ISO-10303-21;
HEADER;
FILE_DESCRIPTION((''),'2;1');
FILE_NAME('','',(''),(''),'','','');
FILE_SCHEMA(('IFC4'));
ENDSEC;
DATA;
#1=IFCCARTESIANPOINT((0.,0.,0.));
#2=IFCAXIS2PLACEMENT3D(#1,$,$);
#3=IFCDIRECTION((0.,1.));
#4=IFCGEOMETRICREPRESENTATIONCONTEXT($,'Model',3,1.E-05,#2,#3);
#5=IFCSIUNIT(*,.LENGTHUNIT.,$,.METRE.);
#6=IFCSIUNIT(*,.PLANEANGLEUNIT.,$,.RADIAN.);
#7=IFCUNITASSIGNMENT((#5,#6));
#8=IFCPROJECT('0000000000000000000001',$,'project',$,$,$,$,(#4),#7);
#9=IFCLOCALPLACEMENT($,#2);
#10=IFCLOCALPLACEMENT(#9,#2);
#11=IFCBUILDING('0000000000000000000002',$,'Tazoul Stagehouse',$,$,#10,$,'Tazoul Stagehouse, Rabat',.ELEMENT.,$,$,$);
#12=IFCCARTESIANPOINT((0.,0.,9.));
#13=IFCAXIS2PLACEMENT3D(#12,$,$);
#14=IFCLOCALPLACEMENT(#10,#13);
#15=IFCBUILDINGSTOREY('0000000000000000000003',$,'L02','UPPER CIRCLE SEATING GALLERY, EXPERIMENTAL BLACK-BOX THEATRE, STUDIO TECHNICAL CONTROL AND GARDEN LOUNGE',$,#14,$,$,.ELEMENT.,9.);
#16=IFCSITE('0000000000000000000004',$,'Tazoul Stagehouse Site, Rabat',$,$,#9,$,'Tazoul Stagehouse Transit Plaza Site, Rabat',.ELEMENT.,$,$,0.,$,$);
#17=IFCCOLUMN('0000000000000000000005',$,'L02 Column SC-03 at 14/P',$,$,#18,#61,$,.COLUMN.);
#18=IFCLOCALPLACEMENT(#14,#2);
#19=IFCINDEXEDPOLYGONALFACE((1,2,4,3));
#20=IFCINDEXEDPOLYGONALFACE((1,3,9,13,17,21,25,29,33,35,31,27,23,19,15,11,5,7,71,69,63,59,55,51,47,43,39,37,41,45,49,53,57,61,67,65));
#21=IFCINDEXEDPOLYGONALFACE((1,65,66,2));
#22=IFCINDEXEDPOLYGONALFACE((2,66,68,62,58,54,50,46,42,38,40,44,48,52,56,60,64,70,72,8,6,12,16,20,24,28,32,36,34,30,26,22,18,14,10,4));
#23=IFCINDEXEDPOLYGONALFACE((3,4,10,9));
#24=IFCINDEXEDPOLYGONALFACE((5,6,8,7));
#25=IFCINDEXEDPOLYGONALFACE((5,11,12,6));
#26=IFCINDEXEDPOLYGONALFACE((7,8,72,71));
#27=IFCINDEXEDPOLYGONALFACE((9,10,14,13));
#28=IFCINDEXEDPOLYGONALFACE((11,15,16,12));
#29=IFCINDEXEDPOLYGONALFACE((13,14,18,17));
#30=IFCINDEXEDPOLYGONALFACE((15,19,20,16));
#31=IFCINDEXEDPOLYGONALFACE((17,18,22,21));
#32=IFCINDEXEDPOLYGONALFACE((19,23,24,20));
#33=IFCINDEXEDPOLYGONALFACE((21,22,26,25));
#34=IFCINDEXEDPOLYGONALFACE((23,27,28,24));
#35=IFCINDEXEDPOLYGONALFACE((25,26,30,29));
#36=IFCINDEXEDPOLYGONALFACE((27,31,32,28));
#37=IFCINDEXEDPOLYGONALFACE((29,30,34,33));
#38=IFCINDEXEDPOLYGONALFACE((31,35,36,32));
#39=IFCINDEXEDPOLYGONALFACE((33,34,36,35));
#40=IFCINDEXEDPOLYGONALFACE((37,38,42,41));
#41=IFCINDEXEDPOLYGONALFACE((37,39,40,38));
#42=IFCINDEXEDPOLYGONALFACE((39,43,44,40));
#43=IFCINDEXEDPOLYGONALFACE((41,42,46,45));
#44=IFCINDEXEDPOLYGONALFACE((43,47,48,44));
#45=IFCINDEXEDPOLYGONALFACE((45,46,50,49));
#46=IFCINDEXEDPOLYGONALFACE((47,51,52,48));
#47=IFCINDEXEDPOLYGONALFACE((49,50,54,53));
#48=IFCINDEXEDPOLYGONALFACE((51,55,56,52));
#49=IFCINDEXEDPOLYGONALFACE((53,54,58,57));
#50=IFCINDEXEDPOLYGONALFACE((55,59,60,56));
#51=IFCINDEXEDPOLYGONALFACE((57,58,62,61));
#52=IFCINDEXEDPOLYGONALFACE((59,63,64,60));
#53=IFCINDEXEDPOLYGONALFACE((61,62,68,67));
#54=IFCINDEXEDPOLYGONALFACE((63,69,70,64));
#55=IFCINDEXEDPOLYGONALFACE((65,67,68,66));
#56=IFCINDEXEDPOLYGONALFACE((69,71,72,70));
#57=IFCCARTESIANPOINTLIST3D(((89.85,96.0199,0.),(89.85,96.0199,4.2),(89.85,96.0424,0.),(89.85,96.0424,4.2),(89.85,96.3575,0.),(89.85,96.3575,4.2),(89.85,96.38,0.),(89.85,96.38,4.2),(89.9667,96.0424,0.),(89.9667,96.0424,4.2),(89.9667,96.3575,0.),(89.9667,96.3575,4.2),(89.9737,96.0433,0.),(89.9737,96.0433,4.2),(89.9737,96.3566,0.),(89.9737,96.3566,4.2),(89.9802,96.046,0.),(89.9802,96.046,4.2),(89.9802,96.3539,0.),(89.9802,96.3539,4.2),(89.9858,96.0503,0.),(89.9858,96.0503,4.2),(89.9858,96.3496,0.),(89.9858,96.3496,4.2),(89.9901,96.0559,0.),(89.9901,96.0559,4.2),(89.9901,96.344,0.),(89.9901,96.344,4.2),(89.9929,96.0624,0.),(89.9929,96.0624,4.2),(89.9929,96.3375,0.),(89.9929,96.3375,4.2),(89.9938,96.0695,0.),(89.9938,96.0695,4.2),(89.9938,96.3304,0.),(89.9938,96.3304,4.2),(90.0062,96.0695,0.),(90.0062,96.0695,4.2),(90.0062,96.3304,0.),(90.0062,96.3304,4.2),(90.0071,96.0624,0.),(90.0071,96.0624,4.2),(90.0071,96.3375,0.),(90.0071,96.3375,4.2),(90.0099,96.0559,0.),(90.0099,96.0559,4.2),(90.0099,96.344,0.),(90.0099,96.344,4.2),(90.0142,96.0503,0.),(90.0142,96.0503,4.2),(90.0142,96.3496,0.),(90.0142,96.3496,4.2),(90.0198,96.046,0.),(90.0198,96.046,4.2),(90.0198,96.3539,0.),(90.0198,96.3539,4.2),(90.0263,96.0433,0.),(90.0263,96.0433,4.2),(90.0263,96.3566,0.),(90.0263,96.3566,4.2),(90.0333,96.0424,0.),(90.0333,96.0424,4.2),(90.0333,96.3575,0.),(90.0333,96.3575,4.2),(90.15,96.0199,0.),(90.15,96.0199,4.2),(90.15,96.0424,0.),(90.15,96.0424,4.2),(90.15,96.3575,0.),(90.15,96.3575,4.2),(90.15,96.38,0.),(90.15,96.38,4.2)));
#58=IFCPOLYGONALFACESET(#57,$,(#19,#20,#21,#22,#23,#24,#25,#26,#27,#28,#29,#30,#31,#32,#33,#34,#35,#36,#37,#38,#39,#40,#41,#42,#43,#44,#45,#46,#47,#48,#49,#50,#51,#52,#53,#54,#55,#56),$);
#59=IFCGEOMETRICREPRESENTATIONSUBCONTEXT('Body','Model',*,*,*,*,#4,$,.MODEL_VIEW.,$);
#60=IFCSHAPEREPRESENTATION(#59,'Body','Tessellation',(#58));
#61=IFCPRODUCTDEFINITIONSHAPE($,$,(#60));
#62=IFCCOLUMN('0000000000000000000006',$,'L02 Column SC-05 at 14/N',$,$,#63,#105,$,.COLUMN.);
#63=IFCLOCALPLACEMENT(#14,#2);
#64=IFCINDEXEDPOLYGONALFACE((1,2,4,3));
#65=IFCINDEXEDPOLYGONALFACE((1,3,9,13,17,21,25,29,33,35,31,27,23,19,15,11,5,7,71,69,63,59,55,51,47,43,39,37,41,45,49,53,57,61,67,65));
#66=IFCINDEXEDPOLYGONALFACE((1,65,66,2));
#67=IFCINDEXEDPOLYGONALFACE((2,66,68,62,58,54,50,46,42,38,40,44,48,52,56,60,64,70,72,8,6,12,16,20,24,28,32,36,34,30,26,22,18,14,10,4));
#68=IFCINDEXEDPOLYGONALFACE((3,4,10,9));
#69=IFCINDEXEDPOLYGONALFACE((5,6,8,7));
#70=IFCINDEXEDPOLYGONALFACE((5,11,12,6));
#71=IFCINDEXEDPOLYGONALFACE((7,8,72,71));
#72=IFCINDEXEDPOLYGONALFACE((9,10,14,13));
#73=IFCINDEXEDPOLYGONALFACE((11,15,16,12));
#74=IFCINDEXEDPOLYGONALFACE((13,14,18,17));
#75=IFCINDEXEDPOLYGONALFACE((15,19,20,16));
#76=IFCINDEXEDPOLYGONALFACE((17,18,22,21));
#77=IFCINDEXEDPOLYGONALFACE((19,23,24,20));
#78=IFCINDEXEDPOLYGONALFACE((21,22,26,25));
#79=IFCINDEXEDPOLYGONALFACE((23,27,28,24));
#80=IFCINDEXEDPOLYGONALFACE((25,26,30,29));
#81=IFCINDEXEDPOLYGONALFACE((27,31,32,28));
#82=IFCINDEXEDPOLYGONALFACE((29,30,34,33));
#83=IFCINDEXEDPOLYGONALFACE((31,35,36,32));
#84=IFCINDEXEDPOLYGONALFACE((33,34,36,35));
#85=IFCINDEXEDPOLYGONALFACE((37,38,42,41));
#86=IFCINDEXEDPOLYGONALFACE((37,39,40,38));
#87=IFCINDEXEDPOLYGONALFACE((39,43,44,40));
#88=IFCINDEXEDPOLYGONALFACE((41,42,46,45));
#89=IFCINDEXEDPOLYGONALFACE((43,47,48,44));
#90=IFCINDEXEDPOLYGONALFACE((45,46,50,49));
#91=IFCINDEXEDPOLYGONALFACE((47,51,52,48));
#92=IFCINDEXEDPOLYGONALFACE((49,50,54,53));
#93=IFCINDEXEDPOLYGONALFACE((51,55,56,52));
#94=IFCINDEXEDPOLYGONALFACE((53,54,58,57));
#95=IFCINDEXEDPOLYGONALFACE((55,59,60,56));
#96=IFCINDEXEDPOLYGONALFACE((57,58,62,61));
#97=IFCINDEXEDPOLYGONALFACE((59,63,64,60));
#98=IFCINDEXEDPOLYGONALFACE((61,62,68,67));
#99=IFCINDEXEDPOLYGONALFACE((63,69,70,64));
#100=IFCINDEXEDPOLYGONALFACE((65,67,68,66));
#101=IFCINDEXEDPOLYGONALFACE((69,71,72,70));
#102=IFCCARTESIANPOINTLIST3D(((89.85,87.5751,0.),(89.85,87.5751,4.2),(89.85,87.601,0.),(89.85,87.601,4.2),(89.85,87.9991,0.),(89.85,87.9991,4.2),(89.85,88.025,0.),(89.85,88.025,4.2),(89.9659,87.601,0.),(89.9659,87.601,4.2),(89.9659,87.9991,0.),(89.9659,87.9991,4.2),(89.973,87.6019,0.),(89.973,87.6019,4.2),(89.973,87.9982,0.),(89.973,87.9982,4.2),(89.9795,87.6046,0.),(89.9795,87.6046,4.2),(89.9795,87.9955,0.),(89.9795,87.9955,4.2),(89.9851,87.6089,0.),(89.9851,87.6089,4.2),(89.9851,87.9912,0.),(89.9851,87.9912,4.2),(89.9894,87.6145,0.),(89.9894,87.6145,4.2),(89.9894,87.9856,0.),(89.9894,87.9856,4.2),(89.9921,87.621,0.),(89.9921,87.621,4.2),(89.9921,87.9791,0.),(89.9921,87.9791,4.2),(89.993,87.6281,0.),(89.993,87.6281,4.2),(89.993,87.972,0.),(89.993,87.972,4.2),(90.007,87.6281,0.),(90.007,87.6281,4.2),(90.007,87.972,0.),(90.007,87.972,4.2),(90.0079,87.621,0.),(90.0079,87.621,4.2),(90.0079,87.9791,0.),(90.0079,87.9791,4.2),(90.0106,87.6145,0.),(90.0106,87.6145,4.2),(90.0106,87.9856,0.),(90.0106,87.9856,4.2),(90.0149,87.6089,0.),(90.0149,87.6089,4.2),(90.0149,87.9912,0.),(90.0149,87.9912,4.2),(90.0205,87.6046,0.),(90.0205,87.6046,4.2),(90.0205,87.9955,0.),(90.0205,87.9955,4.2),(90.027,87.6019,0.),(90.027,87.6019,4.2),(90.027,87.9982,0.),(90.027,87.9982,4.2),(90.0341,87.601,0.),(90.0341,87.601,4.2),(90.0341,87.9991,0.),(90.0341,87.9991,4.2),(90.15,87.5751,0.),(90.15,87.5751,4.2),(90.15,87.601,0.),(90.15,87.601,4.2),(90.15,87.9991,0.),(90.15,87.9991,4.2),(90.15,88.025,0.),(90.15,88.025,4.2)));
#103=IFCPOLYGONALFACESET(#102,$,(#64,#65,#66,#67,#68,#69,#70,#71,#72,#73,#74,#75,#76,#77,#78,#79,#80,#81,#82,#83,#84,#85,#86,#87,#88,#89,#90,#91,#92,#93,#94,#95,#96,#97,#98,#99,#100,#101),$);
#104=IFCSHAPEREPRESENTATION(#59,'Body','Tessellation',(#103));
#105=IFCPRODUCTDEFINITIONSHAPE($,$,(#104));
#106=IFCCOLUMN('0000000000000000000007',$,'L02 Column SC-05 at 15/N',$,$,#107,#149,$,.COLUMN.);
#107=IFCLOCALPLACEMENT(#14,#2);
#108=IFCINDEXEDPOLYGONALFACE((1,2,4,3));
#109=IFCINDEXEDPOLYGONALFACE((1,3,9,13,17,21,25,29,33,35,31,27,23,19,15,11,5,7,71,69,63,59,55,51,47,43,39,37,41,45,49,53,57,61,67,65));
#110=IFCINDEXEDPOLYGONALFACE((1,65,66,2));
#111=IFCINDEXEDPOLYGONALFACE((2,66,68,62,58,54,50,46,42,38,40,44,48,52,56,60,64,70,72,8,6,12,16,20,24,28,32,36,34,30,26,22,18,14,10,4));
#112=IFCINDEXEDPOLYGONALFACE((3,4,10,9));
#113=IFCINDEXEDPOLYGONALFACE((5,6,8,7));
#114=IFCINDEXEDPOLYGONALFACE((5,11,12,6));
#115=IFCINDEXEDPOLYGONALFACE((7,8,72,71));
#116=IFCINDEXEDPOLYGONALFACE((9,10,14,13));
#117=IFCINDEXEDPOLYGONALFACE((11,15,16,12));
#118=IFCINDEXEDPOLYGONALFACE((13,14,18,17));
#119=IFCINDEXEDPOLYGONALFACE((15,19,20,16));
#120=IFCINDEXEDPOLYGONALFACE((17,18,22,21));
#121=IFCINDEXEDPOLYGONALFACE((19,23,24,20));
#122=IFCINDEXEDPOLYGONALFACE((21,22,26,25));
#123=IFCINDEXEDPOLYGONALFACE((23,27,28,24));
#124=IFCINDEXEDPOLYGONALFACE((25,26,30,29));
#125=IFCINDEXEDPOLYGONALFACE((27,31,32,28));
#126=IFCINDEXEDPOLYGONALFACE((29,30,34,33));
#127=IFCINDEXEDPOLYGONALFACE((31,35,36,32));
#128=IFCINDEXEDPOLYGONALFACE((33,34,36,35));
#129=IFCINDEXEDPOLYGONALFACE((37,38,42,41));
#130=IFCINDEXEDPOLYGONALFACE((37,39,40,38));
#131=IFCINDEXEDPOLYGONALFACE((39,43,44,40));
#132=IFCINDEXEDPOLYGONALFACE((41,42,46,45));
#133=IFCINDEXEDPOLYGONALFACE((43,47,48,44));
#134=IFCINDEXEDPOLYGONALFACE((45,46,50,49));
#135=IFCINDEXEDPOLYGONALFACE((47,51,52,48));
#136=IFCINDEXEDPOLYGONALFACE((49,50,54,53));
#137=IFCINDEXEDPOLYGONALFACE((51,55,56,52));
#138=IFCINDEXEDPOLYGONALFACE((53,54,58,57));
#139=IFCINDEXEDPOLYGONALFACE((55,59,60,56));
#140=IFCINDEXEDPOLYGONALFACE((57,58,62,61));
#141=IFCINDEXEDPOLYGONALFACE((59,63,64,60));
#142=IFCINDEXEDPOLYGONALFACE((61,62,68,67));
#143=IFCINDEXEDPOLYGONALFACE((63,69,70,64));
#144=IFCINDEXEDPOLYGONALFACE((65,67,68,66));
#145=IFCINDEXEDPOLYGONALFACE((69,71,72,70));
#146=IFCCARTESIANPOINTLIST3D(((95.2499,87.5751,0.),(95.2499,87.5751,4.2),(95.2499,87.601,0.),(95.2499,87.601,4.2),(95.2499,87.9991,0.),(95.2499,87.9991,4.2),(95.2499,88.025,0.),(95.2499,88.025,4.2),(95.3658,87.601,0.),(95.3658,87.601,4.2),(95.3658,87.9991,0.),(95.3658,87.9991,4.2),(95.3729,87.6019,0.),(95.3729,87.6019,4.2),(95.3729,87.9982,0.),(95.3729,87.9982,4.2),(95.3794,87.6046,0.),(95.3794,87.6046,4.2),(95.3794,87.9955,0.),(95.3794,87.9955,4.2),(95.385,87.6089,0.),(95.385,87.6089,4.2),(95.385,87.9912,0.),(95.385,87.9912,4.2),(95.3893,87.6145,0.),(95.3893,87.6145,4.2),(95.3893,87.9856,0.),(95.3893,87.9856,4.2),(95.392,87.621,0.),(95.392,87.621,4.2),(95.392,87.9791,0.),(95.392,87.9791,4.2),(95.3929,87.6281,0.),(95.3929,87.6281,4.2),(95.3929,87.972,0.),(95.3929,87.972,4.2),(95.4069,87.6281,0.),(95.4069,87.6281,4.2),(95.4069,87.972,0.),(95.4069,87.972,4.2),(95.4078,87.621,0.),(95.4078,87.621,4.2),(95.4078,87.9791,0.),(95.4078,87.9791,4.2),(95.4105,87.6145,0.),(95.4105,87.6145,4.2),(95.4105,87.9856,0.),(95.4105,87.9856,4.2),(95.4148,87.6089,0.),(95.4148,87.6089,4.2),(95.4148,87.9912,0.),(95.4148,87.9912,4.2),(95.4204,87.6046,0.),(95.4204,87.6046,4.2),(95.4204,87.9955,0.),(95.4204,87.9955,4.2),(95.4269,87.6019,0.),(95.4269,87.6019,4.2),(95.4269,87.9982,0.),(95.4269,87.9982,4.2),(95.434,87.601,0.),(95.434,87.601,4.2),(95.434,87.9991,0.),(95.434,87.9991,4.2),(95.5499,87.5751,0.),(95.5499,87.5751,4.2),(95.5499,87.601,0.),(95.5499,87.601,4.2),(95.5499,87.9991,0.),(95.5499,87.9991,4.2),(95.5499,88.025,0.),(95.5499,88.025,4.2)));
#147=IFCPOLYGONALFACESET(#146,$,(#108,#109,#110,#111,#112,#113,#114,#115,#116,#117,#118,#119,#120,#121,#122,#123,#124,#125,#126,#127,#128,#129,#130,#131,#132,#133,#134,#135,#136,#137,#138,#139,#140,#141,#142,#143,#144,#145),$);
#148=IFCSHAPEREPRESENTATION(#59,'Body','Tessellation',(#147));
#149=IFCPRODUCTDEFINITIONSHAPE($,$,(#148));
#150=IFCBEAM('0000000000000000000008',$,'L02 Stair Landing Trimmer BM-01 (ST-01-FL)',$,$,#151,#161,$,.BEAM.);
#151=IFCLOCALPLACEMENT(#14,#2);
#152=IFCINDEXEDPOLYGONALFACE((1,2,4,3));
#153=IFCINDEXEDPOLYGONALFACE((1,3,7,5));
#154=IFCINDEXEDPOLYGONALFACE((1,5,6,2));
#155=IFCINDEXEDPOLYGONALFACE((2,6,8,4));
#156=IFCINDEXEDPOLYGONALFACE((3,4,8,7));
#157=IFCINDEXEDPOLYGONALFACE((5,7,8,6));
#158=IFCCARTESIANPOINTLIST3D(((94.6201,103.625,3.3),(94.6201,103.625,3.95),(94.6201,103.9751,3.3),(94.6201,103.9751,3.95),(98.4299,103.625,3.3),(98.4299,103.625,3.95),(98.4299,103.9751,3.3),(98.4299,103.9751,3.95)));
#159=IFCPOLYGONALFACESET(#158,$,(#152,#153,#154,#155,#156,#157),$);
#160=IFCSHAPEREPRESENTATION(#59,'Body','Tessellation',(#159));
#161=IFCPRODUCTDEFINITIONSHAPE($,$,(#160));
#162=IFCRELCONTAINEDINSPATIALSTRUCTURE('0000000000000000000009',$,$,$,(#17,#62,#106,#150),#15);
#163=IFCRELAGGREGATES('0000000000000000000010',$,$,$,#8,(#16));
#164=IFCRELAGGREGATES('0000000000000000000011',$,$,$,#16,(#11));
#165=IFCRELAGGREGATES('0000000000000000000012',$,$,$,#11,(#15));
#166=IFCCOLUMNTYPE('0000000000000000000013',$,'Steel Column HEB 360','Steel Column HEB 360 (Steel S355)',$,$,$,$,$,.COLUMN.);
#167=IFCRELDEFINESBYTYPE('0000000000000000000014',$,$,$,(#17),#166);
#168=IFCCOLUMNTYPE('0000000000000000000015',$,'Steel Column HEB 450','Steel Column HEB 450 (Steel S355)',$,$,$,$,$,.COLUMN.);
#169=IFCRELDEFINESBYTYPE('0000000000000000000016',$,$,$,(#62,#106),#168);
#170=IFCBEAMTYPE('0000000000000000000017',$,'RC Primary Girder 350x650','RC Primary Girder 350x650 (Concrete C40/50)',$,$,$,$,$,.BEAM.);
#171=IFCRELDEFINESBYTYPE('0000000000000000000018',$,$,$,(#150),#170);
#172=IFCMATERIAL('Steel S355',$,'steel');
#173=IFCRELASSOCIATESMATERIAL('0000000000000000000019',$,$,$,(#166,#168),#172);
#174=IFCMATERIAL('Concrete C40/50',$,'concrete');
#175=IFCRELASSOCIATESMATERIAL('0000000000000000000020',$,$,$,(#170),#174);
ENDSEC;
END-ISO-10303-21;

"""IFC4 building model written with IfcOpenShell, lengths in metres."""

from ifc_helpers import new_model, si_unit, direction, frame, origin, origin_2d, place, context, subcontext, project, spatial, rectangle, i_section, extrude, material, material_profile, profile_set, type_object, element, save


model = new_model("IFC4")

# Units and contexts
model_context = context("Model", 3, precision=1e-05, world=origin(), true_north=direction((0.0, 1.0)))
body_context = subcontext(model_context, "Body", "Model", "MODEL_VIEW")
ifc_project = project(units=[si_unit("LENGTHUNIT", "METRE"), si_unit("PLANEANGLEUNIT", "RADIAN")], contexts=[model_context])

# Site, building, storey
site_placement = place(None, origin())
site = spatial("IfcSite", under=ifc_project, at=site_placement, Name="Tazoul Stagehouse Site, Rabat", LongName="Tazoul Stagehouse Transit Plaza Site, Rabat", CompositionType="ELEMENT", RefElevation=0.0)
building_placement = place(site_placement, origin())
building = spatial("IfcBuilding", under=site, at=building_placement, Name="Tazoul Stagehouse", LongName="Tazoul Stagehouse, Rabat", CompositionType="ELEMENT")
storey_placement = place(building_placement, frame((0.0, 0.0, 9.0)))
storey = spatial("IfcBuildingStorey", under=building, at=storey_placement, Name="L02", Description="UPPER CIRCLE SEATING GALLERY, EXPERIMENTAL BLACK-BOX THEATRE, STUDIO TECHNICAL CONTROL AND GARDEN LOUNGE", CompositionType="ELEMENT", Elevation=9.0)

# Columns
ifc_material_1 = material(Name="Steel S355", Category="steel")
ifc_material_profile_1 = material_profile(ifc_material_1, i_section(OverallWidth=0.3, OverallDepth=0.3601, WebThickness=0.0125, FlangeThickness=0.0225, FilletRadius=0.0271, at=origin_2d()), Name="HEB 360")
ifc_profile_set_1 = profile_set([ifc_material_profile_1], Name="Steel S355")
column_type_1 = type_object("IfcColumnType", Name="Steel Column HEB 360", Description="Steel Column HEB 360 (Steel S355)", PredefinedType="COLUMN", material=ifc_profile_set_1)
for number, where, z_axis, x_axis, name in (
    (1, (90.0, 96.2, 0.0), (0.0, 0.0, 1.0), (1.0, 0.0, 0.0), "L02 Column SC-03 at 14/P"),
):
    element("IfcColumn", number, at=place(storey_placement, frame(where, z_axis=z_axis, x_axis=x_axis)), inside=storey, type_object=column_type_1, Name=name, PredefinedType="COLUMN", context=body_context, shape_type="SweptSolid", body=[
        extrude(i_section(OverallWidth=0.3, OverallDepth=0.3601, WebThickness=0.0125, FlangeThickness=0.0225, FilletRadius=0.0271, at=origin_2d()), origin(), (0.0, 0.0, 1.0), 4.2),
    ])
ifc_material_profile_2 = material_profile(ifc_material_1, i_section(OverallWidth=0.3, OverallDepth=0.45, WebThickness=0.0139, FlangeThickness=0.0259, FilletRadius=0.0271, at=origin_2d()), Name="HEB 450")
ifc_profile_set_2 = profile_set([ifc_material_profile_2], Name="Steel S355")
column_type_2 = type_object("IfcColumnType", Name="Steel Column HEB 450", Description="Steel Column HEB 450 (Steel S355)", PredefinedType="COLUMN", material=ifc_profile_set_2)
for number, where, z_axis, x_axis, name in (
    (2, (90.0, 87.8, 0.0), (0.0, 0.0, 1.0), (1.0, 0.0, 0.0), "L02 Column SC-05 at 14/N"),
    (3, (95.3999, 87.8, 0.0), (0.0, 0.0, 1.0), (1.0, 0.0, 0.0), "L02 Column SC-05 at 15/N"),
):
    element("IfcColumn", number, at=place(storey_placement, frame(where, z_axis=z_axis, x_axis=x_axis)), inside=storey, type_object=column_type_2, Name=name, PredefinedType="COLUMN", context=body_context, shape_type="SweptSolid", body=[
        extrude(i_section(OverallWidth=0.3, OverallDepth=0.45, WebThickness=0.0139, FlangeThickness=0.0259, FilletRadius=0.0271, at=origin_2d()), origin(), (0.0, 0.0, 1.0), 4.2),
    ])

# Beam
ifc_material_2 = material(Name="Concrete C40/50", Category="concrete")
ifc_material_profile_3 = material_profile(ifc_material_2, rectangle(XDim=0.3501, YDim=0.6499, at=origin_2d()), Name="RC 350x650")
ifc_profile_set_3 = profile_set([ifc_material_profile_3], Name="Concrete C40/50")
beam_type_1 = type_object("IfcBeamType", Name="RC Primary Girder 350x650", Description="RC Primary Girder 350x650 (Concrete C40/50)", PredefinedType="BEAM", material=ifc_profile_set_3)
beam_1_placement = place(storey_placement, frame((94.6201, 103.8, 3.625), z_axis=(1.0, 0.0, 0.0), x_axis=(0.0, 1.0, 0.0)))
element("IfcBeam", 4, at=beam_1_placement, inside=storey, type_object=beam_type_1, Name="L02 Stair Landing Trimmer BM-01 (ST-01-FL)", PredefinedType="BEAM", context=body_context, shape_type="SweptSolid", body=[
    extrude(rectangle(XDim=0.3501, YDim=0.6499, at=origin_2d()), origin(), (0.0, 0.0, 1.0), 3.8098),
])

save(model, "model.ifc")
